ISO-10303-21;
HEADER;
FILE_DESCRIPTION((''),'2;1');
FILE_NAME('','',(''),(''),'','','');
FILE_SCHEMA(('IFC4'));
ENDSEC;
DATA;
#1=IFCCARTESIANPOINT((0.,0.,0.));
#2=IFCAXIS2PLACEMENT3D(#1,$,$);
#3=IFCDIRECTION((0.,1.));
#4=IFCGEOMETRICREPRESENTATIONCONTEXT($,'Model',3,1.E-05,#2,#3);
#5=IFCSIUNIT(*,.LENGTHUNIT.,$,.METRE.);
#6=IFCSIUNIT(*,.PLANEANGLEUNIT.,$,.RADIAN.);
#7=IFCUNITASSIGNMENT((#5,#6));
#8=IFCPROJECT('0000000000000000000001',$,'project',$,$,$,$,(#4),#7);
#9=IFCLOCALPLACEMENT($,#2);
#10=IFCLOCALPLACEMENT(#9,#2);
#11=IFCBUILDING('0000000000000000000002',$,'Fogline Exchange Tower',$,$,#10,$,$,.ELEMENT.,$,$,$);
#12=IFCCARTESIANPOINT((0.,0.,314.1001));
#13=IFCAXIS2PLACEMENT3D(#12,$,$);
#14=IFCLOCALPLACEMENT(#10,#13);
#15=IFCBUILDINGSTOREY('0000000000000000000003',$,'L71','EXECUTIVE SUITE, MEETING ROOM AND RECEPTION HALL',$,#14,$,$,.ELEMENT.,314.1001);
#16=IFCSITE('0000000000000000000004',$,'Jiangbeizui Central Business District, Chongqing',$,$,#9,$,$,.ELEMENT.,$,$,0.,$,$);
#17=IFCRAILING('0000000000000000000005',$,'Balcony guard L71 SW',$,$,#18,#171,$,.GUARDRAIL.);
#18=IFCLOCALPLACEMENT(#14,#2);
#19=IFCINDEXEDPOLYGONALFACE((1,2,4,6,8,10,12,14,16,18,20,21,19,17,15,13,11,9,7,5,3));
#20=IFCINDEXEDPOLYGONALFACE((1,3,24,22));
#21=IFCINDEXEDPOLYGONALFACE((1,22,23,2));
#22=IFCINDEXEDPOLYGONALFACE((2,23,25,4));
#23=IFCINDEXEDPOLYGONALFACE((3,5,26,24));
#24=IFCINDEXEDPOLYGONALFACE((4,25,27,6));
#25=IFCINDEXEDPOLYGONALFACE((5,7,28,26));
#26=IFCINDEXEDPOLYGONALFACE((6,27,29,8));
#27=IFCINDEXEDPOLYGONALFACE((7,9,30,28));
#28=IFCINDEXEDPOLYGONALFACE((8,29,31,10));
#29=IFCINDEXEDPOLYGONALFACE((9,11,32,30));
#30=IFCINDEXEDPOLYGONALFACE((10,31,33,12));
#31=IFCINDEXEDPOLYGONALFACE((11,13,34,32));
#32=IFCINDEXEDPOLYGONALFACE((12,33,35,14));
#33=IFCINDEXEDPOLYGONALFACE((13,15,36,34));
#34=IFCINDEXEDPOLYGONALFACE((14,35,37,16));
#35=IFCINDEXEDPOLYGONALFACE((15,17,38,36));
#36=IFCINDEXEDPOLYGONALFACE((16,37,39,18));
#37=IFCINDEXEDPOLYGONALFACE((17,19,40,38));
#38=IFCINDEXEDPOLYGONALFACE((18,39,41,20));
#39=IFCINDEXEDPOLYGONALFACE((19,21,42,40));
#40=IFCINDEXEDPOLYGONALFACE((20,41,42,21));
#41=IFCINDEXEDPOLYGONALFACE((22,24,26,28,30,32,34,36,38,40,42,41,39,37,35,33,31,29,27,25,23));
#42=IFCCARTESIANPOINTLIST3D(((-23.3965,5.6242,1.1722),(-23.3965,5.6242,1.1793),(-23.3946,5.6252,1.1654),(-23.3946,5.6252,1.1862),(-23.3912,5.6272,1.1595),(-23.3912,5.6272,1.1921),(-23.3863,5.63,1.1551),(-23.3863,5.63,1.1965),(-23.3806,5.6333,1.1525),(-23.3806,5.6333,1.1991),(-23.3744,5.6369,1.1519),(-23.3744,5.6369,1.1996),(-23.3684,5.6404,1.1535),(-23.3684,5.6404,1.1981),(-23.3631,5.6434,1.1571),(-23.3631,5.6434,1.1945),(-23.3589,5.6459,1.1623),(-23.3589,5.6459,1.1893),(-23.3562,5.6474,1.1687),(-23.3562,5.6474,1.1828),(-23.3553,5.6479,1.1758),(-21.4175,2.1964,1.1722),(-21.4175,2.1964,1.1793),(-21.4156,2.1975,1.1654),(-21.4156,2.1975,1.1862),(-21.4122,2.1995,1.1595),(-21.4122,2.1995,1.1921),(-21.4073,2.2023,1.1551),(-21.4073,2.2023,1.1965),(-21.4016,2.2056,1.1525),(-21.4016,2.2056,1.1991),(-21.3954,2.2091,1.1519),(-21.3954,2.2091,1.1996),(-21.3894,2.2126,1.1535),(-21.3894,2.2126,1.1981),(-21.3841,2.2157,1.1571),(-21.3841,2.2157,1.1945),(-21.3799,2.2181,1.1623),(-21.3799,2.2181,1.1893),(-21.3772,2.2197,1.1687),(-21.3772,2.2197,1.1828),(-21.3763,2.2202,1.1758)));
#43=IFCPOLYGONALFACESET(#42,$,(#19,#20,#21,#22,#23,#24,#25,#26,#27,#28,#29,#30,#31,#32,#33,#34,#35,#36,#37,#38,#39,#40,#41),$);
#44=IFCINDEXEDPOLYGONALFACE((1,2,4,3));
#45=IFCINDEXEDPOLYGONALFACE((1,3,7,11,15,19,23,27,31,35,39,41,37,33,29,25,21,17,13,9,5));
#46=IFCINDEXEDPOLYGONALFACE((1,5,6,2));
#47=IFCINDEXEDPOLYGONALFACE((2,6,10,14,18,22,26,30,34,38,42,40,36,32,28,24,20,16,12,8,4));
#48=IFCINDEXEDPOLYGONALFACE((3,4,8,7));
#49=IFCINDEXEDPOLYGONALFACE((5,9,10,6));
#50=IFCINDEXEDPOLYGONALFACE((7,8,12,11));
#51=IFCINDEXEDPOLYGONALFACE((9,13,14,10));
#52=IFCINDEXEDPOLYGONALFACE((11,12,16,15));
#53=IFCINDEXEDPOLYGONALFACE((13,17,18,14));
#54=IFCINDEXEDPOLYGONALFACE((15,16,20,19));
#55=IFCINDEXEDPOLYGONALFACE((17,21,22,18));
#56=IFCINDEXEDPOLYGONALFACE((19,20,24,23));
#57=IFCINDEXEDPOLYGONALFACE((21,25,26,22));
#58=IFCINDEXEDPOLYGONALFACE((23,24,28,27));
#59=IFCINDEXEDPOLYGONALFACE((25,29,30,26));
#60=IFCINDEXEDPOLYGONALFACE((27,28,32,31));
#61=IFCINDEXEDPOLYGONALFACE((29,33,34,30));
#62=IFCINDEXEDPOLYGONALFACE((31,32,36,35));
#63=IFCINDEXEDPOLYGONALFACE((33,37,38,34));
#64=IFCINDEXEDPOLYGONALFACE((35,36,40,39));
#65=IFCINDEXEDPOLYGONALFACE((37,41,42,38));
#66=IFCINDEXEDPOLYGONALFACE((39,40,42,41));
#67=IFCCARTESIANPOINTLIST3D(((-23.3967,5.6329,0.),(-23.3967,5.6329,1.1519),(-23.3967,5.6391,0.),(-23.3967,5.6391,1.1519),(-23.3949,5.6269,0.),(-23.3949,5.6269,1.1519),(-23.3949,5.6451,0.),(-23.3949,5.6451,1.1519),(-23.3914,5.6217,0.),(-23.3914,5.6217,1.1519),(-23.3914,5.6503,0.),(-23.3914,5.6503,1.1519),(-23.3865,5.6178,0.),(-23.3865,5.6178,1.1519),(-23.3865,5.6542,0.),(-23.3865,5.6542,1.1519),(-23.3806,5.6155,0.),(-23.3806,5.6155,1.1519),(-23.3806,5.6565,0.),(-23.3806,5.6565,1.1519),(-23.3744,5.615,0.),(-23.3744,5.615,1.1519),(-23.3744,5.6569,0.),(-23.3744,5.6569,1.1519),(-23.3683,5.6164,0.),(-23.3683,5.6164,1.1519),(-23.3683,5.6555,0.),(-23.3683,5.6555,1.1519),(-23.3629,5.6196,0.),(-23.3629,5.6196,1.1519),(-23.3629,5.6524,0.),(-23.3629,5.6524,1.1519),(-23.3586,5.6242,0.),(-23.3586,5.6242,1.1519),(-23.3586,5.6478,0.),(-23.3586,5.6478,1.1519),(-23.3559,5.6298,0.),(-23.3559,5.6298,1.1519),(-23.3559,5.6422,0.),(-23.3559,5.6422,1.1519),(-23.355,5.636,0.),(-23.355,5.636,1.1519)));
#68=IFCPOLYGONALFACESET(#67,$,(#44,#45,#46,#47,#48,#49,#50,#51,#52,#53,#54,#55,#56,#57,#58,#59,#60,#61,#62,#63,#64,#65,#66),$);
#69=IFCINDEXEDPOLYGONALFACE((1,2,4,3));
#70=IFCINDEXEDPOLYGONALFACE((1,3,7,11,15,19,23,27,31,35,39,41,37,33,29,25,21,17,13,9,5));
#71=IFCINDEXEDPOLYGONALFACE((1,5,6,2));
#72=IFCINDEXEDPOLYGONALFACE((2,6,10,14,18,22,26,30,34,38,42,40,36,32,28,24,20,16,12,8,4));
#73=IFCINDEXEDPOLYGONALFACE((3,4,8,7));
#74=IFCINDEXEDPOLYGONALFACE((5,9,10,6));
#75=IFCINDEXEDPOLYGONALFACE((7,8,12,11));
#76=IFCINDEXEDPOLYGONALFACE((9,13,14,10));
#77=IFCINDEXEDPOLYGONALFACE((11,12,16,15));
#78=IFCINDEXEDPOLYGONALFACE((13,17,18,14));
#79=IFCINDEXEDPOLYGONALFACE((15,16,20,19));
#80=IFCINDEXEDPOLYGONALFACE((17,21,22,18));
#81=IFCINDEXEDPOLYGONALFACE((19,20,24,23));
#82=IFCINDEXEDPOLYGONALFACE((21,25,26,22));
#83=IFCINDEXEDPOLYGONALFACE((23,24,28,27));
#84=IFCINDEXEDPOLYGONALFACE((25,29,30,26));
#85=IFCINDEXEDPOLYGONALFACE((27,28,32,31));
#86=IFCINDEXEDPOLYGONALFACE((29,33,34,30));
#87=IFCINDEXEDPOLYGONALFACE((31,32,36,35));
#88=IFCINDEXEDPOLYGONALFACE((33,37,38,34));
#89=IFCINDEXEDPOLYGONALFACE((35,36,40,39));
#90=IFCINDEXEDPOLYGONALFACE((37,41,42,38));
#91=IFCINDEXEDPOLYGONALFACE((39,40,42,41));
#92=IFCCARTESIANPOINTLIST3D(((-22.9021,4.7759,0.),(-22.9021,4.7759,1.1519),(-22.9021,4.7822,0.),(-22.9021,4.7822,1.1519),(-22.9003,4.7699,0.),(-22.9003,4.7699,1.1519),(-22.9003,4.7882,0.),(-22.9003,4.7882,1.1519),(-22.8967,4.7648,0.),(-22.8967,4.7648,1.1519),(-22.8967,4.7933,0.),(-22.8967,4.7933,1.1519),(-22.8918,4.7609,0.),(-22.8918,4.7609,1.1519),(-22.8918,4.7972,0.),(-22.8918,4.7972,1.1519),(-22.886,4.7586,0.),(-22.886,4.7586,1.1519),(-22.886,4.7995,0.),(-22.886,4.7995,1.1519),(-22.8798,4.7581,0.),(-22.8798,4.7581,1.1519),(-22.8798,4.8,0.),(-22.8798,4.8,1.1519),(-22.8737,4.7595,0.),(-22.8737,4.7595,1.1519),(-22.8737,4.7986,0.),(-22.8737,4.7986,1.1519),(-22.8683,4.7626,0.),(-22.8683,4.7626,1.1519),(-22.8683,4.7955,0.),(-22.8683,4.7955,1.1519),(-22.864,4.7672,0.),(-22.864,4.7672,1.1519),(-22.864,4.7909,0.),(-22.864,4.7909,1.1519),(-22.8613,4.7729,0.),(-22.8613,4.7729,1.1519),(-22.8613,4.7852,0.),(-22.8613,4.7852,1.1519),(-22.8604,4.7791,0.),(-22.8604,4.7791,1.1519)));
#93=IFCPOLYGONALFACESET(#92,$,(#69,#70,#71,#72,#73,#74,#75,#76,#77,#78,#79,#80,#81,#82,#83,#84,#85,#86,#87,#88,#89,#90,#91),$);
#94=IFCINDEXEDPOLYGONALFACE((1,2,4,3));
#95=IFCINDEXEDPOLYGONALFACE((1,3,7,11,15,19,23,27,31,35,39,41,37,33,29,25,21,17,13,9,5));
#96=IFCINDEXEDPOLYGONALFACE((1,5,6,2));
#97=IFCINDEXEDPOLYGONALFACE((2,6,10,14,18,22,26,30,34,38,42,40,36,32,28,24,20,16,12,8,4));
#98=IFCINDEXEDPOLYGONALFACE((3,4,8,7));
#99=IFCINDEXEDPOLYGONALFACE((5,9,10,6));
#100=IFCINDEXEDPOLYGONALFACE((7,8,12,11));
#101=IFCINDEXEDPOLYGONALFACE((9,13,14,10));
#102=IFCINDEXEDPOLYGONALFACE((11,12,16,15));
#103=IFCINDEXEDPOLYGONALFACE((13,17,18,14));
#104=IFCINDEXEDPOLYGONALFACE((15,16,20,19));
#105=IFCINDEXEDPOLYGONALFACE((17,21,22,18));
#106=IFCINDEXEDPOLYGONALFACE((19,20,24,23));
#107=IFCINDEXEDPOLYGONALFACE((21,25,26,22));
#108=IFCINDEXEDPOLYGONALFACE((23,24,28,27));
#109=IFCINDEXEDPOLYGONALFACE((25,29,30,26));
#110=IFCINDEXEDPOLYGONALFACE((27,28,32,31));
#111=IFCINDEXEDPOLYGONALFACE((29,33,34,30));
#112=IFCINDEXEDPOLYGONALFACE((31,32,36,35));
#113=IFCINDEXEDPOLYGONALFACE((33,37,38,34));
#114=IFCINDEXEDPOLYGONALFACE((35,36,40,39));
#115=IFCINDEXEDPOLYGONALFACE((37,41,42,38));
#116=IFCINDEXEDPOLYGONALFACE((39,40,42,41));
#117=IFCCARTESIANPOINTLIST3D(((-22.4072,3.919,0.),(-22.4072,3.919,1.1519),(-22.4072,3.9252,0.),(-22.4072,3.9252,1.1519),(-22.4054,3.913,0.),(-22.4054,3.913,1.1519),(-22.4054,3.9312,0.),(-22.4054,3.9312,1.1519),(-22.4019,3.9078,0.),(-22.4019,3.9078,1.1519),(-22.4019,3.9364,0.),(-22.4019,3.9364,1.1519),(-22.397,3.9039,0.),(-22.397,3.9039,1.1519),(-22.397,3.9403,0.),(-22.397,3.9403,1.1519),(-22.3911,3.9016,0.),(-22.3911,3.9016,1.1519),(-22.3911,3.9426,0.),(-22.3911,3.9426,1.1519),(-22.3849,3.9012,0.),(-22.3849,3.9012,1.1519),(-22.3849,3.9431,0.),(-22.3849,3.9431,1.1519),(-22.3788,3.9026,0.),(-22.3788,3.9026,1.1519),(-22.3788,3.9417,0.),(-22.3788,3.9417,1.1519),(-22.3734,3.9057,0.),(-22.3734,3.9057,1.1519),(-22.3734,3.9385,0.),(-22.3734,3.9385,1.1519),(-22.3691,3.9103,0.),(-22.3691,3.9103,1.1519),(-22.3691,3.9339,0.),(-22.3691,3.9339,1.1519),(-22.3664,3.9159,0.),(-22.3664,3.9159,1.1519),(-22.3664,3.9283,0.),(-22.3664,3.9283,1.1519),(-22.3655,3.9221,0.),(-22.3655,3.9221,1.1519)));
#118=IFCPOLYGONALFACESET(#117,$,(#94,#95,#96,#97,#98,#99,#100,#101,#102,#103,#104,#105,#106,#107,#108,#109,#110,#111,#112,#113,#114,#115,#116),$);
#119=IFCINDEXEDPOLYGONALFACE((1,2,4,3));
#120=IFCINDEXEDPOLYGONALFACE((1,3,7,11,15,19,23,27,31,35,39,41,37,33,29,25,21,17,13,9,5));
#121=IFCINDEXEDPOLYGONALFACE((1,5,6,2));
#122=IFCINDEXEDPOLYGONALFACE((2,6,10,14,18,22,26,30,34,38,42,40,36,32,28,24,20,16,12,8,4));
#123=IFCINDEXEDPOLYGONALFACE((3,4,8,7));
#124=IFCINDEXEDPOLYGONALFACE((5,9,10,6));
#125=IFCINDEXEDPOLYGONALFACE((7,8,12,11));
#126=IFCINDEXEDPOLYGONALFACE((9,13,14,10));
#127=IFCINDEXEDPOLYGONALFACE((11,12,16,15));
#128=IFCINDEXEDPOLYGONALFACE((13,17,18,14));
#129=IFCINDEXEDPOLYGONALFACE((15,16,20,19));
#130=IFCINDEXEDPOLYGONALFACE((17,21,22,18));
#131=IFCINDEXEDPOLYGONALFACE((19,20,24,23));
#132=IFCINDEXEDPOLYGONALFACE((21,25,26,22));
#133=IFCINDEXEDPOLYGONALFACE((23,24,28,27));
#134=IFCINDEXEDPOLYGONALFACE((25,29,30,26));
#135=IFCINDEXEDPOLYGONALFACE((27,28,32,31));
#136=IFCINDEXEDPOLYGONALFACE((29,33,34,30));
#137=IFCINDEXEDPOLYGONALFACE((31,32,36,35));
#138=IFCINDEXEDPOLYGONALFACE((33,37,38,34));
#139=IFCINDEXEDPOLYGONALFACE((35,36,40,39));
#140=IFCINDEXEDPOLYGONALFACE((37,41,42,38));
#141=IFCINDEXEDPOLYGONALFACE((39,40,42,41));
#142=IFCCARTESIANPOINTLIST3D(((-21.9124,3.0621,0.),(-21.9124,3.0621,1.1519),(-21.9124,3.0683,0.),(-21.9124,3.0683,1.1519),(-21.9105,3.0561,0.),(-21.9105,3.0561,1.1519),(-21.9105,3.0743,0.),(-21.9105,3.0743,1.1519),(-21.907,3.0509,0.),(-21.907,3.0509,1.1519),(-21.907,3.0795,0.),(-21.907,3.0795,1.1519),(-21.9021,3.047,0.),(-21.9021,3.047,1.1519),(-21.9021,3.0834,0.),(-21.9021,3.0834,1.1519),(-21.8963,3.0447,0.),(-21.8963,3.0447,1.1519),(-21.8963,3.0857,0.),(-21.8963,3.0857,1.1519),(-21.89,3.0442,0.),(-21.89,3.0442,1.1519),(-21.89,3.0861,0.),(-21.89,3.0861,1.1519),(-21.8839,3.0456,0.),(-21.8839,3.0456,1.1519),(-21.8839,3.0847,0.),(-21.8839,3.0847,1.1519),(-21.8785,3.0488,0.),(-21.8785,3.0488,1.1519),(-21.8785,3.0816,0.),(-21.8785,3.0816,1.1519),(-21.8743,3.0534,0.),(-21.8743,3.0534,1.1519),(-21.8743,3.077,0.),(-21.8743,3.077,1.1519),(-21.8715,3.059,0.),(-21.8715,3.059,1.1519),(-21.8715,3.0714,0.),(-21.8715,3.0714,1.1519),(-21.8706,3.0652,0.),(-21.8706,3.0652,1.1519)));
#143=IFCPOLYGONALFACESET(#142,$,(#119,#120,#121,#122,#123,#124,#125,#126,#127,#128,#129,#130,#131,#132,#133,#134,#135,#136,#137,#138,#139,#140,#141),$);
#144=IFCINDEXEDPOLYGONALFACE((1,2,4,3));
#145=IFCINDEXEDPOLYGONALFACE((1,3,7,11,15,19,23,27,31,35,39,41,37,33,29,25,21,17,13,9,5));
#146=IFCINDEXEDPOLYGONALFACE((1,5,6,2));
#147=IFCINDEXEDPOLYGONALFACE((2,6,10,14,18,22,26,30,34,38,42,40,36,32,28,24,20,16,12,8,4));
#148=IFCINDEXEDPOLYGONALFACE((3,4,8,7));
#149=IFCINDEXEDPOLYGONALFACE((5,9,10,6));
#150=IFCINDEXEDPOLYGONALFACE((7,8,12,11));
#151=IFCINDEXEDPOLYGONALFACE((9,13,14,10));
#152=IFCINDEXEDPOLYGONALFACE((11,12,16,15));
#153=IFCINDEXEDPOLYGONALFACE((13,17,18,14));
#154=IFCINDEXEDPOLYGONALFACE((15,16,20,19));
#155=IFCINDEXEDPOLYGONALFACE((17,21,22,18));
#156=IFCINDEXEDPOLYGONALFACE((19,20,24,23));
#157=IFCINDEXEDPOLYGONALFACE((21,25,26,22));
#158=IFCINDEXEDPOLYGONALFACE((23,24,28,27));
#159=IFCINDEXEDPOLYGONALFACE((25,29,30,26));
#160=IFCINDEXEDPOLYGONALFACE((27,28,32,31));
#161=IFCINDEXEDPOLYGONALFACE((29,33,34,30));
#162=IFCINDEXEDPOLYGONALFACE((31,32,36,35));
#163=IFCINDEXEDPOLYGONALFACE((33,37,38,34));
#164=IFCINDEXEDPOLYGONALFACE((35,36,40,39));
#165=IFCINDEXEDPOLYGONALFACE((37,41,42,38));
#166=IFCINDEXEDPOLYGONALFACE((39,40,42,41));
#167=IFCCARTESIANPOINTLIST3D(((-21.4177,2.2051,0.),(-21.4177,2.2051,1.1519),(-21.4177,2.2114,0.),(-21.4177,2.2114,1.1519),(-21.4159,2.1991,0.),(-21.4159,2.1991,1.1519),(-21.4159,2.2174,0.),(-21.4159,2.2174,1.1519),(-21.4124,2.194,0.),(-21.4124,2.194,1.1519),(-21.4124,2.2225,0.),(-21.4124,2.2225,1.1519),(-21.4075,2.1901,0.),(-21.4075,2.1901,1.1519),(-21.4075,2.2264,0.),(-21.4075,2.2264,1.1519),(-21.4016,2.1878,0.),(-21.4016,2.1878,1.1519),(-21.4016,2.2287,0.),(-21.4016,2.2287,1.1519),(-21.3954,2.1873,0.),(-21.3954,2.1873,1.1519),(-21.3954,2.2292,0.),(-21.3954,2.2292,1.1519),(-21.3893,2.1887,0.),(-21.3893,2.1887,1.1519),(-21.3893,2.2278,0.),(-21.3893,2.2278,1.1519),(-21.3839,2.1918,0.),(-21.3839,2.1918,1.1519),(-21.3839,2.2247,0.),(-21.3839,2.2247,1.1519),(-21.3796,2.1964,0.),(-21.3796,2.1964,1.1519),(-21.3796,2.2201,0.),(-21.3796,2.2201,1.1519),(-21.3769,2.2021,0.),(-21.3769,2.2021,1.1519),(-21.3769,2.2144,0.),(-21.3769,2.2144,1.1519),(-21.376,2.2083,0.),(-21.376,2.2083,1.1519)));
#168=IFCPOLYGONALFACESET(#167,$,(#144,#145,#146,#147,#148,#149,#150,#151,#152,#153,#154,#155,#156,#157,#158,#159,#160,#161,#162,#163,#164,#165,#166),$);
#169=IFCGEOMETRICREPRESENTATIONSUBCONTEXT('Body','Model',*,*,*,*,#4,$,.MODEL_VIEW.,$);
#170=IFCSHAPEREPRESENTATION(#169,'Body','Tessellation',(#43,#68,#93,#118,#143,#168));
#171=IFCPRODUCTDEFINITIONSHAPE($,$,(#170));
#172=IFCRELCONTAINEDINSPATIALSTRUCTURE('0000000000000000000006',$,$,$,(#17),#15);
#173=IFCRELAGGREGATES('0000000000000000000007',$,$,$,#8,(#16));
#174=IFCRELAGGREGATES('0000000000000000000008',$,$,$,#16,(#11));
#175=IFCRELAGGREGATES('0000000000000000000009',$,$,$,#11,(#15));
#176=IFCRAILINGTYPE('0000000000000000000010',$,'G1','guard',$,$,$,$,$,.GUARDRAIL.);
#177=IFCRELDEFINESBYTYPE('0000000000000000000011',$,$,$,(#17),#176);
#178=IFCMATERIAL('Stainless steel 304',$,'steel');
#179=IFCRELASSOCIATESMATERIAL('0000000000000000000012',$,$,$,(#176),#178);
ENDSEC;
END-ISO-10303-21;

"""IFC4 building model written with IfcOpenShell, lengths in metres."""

from ifc_helpers import new_model, si_unit, direction, frame, origin, origin_2d, place, context, subcontext, project, spatial, circle, extrude, material, type_object, element, save


model = new_model("IFC4")

# Units and contexts
model_context = context("Model", 3, precision=1e-05, world=origin(), true_north=direction((0.0, 1.0)))
body_context = subcontext(model_context, "Body", "Model", "MODEL_VIEW")
ifc_project = project(units=[si_unit("LENGTHUNIT", "METRE"), si_unit("PLANEANGLEUNIT", "RADIAN")], contexts=[model_context])

# Site, building, storey
site_placement = place(None, origin())
site = spatial("IfcSite", under=ifc_project, at=site_placement, Name="Jiangbeizui Central Business District, Chongqing", CompositionType="ELEMENT", RefElevation=0.0)
building_placement = place(site_placement, origin())
building = spatial("IfcBuilding", under=site, at=building_placement, Name="Fogline Exchange Tower", CompositionType="ELEMENT")
storey_placement = place(building_placement, frame((0.0, 0.0, 314.1001)))
storey = spatial("IfcBuildingStorey", under=building, at=storey_placement, Name="L71", Description="EXECUTIVE SUITE, MEETING ROOM AND RECEPTION HALL", CompositionType="ELEMENT", Elevation=314.1001)

# Railing
ifc_material_1 = material(Name="Stainless steel 304", Category="steel")
railing_type = type_object("IfcRailingType", Name="G1", Description="guard", PredefinedType="GUARDRAIL", material=ifc_material_1)
railing_placement = place(storey_placement, frame((-23.376, 5.636, 0.0)))
element("IfcRailing", 1, at=railing_placement, inside=storey, type_object=railing_type, Name="Balcony guard L71 SW", PredefinedType="GUARDRAIL", context=body_context, shape_type="SweptSolid", body=[
    extrude(circle(Radius=0.0239, at=origin_2d()), frame((0.0, 0.0, 1.1758), z_axis=(0.5, -0.866025, 0.0), x_axis=(0.866025, 0.5, 0.0)), (0.0, 0.0, 1.0), 3.958),
    extrude(circle(Radius=0.021, at=origin_2d()), origin(), (0.0, 0.0, 1.0), 1.1519),
    extrude(circle(Radius=0.021, at=origin_2d()), frame((0.4946, -0.8569, 0.0)), (0.0, 0.0, 1.0), 1.1519),
    extrude(circle(Radius=0.021, at=origin_2d()), frame((0.9895, -1.7139, 0.0)), (0.0, 0.0, 1.0), 1.1519),
    extrude(circle(Radius=0.021, at=origin_2d()), frame((1.4844, -2.5708, 0.0)), (0.0, 0.0, 1.0), 1.1519),
    extrude(circle(Radius=0.021, at=origin_2d()), frame((1.979, -3.4277, 0.0)), (0.0, 0.0, 1.0), 1.1519),
])

save(model, "model.ifc")
